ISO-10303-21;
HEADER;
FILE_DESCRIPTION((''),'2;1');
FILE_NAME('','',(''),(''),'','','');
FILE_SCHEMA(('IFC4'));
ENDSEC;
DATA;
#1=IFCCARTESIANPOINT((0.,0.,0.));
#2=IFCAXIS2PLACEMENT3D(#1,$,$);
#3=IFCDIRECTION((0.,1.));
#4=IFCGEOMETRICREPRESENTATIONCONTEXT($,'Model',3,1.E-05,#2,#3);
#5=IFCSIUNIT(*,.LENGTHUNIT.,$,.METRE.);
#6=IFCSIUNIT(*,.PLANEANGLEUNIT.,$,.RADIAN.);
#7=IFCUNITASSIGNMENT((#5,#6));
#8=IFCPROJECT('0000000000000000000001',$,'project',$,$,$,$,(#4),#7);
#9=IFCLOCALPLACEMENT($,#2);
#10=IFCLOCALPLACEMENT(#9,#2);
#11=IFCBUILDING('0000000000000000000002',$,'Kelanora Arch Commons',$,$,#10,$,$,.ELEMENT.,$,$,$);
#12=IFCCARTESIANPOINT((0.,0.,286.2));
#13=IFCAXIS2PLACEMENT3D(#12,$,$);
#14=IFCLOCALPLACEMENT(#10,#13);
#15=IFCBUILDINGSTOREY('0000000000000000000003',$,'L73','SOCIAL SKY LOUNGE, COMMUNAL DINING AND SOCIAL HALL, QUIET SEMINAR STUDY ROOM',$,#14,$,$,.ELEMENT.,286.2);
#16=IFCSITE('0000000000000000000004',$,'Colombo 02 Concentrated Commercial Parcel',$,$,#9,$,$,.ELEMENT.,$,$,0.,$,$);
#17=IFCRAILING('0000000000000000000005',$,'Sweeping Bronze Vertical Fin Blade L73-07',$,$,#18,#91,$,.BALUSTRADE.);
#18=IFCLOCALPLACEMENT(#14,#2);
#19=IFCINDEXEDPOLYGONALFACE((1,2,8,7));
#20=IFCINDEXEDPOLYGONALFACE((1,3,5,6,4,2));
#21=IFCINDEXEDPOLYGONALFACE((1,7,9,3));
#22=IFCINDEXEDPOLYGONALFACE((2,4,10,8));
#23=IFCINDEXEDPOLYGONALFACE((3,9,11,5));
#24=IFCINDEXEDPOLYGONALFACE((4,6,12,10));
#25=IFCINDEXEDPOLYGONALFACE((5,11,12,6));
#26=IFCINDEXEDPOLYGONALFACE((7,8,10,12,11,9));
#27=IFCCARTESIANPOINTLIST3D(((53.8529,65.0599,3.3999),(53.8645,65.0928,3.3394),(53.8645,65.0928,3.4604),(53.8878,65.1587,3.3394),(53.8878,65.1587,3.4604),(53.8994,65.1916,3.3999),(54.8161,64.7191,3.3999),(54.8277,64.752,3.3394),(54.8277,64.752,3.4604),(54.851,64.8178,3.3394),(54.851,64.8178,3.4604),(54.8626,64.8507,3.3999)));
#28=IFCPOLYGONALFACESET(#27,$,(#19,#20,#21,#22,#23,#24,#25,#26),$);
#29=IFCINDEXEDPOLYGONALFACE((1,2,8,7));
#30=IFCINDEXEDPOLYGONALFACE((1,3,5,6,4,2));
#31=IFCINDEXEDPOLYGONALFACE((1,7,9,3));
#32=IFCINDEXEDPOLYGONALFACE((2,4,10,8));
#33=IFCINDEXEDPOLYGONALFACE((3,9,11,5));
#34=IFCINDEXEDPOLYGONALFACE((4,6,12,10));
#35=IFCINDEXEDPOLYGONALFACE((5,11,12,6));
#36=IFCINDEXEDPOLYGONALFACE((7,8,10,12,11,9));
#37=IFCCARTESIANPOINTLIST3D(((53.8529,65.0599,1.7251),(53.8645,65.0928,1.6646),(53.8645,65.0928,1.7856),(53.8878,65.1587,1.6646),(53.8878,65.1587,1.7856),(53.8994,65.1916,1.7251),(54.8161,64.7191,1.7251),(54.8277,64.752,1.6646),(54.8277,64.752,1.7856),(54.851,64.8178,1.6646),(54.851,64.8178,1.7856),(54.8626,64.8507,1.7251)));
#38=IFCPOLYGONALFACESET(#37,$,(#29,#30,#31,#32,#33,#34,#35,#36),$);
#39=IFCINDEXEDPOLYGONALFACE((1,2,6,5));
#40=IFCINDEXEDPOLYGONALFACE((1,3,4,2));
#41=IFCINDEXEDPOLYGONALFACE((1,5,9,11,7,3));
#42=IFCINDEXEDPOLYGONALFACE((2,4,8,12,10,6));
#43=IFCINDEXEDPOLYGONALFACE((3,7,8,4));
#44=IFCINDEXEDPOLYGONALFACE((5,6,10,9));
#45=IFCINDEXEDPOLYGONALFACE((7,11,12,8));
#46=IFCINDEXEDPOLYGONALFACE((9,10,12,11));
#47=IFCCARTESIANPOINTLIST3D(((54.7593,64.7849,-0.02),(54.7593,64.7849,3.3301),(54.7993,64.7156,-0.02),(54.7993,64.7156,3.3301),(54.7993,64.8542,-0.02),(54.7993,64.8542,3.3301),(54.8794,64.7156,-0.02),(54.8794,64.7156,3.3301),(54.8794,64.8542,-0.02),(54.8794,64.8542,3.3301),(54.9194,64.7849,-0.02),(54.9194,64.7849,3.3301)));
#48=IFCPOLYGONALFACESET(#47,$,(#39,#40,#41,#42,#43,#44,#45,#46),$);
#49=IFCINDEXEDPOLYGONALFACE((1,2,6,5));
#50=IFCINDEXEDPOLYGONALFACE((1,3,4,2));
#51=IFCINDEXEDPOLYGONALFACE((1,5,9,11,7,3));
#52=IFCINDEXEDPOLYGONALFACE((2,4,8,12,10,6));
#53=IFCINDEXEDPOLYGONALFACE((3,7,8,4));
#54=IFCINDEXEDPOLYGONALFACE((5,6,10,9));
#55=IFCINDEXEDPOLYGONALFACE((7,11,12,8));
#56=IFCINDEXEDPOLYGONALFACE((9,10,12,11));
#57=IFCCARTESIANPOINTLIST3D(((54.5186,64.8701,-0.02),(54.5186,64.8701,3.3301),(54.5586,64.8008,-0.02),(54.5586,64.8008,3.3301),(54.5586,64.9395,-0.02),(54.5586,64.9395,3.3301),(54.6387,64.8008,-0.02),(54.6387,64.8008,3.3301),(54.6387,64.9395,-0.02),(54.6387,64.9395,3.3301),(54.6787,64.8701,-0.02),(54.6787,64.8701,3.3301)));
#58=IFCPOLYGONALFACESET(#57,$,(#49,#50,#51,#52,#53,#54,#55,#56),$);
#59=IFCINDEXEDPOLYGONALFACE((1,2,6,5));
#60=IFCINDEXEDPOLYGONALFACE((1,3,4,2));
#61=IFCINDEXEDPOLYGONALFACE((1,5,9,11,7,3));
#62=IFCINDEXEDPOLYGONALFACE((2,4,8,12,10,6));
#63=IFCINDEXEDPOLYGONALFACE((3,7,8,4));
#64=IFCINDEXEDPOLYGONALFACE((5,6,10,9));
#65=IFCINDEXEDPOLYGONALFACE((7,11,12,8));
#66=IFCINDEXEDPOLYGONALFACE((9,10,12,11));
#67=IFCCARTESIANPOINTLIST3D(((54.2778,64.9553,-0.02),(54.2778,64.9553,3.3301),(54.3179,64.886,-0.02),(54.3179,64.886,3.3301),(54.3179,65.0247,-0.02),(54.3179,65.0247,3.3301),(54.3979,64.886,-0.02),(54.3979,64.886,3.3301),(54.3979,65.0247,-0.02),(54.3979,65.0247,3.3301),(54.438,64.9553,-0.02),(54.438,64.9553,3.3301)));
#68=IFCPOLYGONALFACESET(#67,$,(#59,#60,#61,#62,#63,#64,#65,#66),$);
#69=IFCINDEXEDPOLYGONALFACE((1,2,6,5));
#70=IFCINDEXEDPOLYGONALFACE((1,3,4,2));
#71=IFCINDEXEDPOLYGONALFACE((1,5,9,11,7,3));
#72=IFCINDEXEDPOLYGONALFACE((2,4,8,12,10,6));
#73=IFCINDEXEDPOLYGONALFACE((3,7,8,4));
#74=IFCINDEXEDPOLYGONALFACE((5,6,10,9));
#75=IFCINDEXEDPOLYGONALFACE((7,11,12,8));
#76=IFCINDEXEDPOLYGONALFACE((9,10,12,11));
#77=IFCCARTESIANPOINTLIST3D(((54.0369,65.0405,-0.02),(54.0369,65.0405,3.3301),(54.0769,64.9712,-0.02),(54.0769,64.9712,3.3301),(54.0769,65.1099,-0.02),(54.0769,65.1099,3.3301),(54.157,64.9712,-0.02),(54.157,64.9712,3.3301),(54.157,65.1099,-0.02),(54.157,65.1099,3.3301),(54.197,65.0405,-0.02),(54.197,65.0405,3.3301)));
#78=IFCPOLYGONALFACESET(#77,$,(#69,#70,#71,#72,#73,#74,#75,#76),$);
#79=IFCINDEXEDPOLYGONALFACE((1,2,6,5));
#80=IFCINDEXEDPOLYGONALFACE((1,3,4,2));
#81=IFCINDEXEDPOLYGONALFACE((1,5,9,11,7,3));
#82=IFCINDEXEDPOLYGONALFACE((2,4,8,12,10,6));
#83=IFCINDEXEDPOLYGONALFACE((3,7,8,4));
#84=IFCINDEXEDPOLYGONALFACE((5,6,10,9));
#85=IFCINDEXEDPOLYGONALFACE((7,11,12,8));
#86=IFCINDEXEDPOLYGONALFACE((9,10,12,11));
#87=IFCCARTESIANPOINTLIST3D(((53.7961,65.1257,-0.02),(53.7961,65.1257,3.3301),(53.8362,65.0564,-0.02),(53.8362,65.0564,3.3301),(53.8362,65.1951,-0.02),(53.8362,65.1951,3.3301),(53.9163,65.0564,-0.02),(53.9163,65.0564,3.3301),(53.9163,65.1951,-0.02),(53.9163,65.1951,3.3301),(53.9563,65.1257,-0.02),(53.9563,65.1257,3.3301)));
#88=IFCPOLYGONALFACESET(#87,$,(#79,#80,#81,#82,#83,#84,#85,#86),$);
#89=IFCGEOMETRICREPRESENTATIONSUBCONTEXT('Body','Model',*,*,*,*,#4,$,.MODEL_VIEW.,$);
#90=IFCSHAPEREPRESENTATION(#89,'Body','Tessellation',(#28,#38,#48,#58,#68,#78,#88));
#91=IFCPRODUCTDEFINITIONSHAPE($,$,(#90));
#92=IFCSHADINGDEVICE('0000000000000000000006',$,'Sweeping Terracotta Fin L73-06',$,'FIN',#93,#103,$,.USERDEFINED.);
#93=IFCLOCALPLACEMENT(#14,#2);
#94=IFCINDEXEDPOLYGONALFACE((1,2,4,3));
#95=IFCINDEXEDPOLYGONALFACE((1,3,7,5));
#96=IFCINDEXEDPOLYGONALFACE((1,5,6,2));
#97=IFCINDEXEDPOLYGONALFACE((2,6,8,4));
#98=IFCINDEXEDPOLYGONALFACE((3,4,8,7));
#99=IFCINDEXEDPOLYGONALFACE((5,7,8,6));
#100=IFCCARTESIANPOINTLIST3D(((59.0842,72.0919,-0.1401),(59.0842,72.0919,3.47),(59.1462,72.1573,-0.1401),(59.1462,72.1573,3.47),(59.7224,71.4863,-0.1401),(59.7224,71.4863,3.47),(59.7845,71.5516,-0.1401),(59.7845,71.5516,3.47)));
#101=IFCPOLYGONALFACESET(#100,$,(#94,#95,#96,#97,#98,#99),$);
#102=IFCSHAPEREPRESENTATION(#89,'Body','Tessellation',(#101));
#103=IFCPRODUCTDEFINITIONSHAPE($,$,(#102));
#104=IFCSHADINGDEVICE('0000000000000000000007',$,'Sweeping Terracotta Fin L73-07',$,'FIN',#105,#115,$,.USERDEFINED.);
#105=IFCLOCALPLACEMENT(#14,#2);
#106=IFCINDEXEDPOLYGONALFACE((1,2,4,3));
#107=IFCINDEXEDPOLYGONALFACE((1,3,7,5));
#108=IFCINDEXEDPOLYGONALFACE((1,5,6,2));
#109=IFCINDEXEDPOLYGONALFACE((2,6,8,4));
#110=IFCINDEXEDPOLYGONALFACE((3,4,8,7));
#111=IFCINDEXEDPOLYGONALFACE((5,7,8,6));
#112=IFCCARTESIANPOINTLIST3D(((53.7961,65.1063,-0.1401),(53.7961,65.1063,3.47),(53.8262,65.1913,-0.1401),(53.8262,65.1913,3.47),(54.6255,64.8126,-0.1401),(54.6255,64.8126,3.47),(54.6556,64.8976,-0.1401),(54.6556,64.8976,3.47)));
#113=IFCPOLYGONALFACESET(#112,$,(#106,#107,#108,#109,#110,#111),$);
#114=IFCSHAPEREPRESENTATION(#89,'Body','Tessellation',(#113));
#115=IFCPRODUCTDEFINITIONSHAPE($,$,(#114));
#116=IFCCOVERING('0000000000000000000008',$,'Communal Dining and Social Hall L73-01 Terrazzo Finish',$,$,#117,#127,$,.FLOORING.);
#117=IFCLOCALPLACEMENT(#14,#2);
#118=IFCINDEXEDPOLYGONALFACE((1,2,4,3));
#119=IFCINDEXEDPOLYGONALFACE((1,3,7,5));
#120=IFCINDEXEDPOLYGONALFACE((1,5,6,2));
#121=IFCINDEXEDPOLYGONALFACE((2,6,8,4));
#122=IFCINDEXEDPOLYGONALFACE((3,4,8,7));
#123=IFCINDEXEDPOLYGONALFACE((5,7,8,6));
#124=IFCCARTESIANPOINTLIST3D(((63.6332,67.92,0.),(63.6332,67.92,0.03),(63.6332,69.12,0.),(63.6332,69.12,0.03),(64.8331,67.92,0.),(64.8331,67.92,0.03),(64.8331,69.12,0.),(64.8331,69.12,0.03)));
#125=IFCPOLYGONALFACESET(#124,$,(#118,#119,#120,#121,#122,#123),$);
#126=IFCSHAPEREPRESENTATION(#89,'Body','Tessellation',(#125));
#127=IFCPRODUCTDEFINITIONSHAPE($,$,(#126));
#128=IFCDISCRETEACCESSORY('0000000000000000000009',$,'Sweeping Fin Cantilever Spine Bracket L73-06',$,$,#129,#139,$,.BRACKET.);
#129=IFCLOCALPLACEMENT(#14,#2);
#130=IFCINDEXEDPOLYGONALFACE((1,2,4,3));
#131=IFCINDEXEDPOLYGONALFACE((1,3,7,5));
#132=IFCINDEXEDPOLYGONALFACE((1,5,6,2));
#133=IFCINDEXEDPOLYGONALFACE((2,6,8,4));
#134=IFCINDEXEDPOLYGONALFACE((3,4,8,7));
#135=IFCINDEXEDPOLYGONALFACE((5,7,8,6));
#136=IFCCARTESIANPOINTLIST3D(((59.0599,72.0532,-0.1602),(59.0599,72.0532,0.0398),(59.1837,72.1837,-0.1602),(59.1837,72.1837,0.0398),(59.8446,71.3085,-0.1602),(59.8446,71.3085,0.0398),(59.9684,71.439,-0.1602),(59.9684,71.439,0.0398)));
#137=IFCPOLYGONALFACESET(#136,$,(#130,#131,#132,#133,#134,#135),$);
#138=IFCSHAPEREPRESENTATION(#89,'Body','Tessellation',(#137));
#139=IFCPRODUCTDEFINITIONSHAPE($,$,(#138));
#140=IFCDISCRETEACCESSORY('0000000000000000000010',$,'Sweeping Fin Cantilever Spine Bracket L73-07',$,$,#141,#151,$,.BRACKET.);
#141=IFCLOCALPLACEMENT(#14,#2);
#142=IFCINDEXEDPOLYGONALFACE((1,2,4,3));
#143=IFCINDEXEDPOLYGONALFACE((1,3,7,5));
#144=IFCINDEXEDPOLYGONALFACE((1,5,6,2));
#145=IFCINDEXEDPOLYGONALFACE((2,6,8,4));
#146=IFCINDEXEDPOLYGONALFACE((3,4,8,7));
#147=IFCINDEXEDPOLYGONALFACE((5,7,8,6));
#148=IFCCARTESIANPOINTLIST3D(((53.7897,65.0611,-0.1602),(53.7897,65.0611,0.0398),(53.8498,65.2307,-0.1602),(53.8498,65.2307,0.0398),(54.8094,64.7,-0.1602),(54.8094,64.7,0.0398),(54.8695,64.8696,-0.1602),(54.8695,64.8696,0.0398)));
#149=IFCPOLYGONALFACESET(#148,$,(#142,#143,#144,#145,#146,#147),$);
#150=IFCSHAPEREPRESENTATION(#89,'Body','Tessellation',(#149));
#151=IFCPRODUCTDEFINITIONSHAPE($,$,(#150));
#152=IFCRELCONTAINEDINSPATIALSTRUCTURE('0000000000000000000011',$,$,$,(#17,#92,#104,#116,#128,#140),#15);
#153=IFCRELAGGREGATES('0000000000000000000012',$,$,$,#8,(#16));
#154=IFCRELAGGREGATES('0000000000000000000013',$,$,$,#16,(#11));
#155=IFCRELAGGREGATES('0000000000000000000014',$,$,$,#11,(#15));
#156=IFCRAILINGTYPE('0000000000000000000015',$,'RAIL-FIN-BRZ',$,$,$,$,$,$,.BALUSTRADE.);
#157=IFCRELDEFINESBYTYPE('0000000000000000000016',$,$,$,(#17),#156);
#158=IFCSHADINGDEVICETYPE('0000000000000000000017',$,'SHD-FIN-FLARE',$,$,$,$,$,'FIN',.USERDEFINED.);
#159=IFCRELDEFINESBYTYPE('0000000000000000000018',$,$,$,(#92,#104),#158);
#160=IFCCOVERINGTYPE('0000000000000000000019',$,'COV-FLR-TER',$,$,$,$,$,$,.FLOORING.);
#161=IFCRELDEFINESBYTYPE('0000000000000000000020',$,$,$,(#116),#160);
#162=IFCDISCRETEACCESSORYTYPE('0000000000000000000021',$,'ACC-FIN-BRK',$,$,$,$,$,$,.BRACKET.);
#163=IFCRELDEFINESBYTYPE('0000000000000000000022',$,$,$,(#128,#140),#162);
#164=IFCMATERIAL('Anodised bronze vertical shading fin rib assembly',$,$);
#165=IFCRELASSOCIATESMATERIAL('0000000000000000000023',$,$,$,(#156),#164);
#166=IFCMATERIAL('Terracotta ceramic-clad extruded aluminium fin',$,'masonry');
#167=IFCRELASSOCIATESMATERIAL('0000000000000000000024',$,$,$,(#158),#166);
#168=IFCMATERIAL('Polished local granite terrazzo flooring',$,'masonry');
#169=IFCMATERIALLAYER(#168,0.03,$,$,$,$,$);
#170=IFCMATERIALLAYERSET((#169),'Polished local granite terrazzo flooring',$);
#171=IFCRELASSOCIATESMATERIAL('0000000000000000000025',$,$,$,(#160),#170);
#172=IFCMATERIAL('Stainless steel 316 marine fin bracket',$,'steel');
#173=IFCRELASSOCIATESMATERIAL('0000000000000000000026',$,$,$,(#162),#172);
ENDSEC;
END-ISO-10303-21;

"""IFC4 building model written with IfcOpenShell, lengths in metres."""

from ifc_helpers import new_model, si_unit, direction, frame, origin, origin_2d, place, context, subcontext, project, spatial, polyline, rectangle, outline, extrude, source, transform, mapped, material, layer, layer_set, type_object, element, save


model = new_model("IFC4")

# Units and contexts
model_context = context("Model", 3, precision=1e-05, world=origin(), true_north=direction((0.0, 1.0)))
body_context = subcontext(model_context, "Body", "Model", "MODEL_VIEW")
ifc_project = project(units=[si_unit("LENGTHUNIT", "METRE"), si_unit("PLANEANGLEUNIT", "RADIAN")], contexts=[model_context])

# Site, building, storey
site_placement = place(None, origin())
site = spatial("IfcSite", under=ifc_project, at=site_placement, Name="Colombo 02 Concentrated Commercial Parcel", CompositionType="ELEMENT", RefElevation=0.0)
building_placement = place(site_placement, origin())
building = spatial("IfcBuilding", under=site, at=building_placement, Name="Kelanora Arch Commons", CompositionType="ELEMENT")
storey_placement = place(building_placement, frame((0.0, 0.0, 286.2)))
storey = spatial("IfcBuildingStorey", under=building, at=storey_placement, Name="L73", Description="SOCIAL SKY LOUNGE, COMMUNAL DINING AND SOCIAL HALL, QUIET SEMINAR STUDY ROOM", CompositionType="ELEMENT", Elevation=286.2)

# Railing
ifc_material_1 = material(Name="Anodised bronze vertical shading fin rib assembly")
railing_type = type_object("IfcRailingType", Name="RAIL-FIN-BRZ", PredefinedType="BALUSTRADE", material=ifc_material_1)
railing_1_placement = place(storey_placement, frame((54.8394, 64.7849, -0.02)))
element("IfcRailing", 1, at=railing_1_placement, inside=storey, type_object=railing_type, Name="Sweeping Bronze Vertical Fin Blade L73-07", PredefinedType="BALUSTRADE", context=body_context, shape_type="SweptSolid", body=[
    extrude(outline(polyline([(0.0698, 0.0), (0.0349, 0.0605), (-0.0349, 0.0605), (-0.0698, 0.0), (-0.0349, -0.0605), (0.0349, -0.0605), (0.0698, 0.0)])), frame((0.0, 0.0, 3.4199), z_axis=(-0.942716, 0.333595, 0.0), x_axis=(-0.333595, -0.942716, 0.0)), (0.0, 0.0, 1.0), 1.0217),
    extrude(outline(polyline([(0.0698, 0.0), (0.0349, 0.0605), (-0.0349, 0.0605), (-0.0698, 0.0), (-0.0349, -0.0605), (0.0349, -0.0605), (0.0698, 0.0)])), frame((0.0, 0.0, 1.7451), z_axis=(-0.942716, 0.333595, 0.0), x_axis=(-0.333595, -0.942716, 0.0)), (0.0, 0.0, 1.0), 1.0217),
    extrude(outline(polyline([(0.0801, 0.0), (0.04, 0.0693), (-0.04, 0.0693), (-0.0801, 0.0), (-0.04, -0.0693), (0.04, -0.0693), (0.0801, 0.0)])), origin(), (0.0, 0.0, 1.0), 3.3501),
    extrude(outline(polyline([(0.0801, 0.0), (0.04, 0.0693), (-0.04, 0.0693), (-0.0801, 0.0), (-0.04, -0.0693), (0.04, -0.0693), (0.0801, 0.0)])), frame((-0.2407, 0.0852, 0.0)), (0.0, 0.0, 1.0), 3.3501),
    extrude(outline(polyline([(0.0801, 0.0), (0.04, 0.0693), (-0.04, 0.0693), (-0.0801, 0.0), (-0.04, -0.0693), (0.04, -0.0693), (0.0801, 0.0)])), frame((-0.4814, 0.1704, 0.0)), (0.0, 0.0, 1.0), 3.3501),
    extrude(outline(polyline([(0.0801, 0.0), (0.04, 0.0693), (-0.04, 0.0693), (-0.0801, 0.0), (-0.04, -0.0693), (0.04, -0.0693), (0.0801, 0.0)])), frame((-0.7224, 0.2556, 0.0)), (0.0, 0.0, 1.0), 3.3501),
    extrude(outline(polyline([(0.0801, 0.0), (0.04, 0.0693), (-0.04, 0.0693), (-0.0801, 0.0), (-0.04, -0.0693), (0.04, -0.0693), (0.0801, 0.0)])), frame((-0.9631, 0.3408, 0.0)), (0.0, 0.0, 1.0), 3.3501),
])

# Shading devices
ifc_material_2 = material(Name="Terracotta ceramic-clad extruded aluminium fin", Category="masonry")
shading_device_type = type_object("IfcShadingDeviceType", Name="SHD-FIN-FLARE", ElementType="FIN", PredefinedType="USERDEFINED", material=ifc_material_2)
shared_shape_1 = source(origin(), body_context, "Body", "SweptSolid", [
    extrude(rectangle(XDim=0.8799, YDim=0.0901, at=origin_2d()), origin(), (0.0, 0.0, 1.0), 3.6101),
])
for number, where, z_axis, x_axis, name in (
    (2, (59.4343, 71.8218, -0.1401), (0.0, 0.0, 1.0), (-0.725374, 0.688355, 0.0), "Sweeping Terracotta Fin L73-06"),
    (3, (54.2258, 65.002, -0.1401), (0.0, 0.0, 1.0), (-0.942641, 0.333807, 0.0), "Sweeping Terracotta Fin L73-07"),
):
    element("IfcShadingDevice", number, at=place(storey_placement, frame(where, z_axis=z_axis, x_axis=x_axis)), inside=storey, type_object=shading_device_type, Name=name, ObjectType="FIN", PredefinedType="USERDEFINED", context=body_context, shape_type="MappedRepresentation", body=[
        mapped(shared_shape_1, transform((0.0, 0.0, 0.0), scale=1.0)),
    ])

# Covering
ifc_material_3 = material(Name="Polished local granite terrazzo flooring", Category="masonry")
ifc_layer_1 = layer(ifc_material_3, 0.03)
ifc_layer_set_1 = layer_set([ifc_layer_1], Name="Polished local granite terrazzo flooring")
covering_type = type_object("IfcCoveringType", Name="COV-FLR-TER", PredefinedType="FLOORING", material=ifc_layer_set_1)
shared_shape_2 = source(origin(), body_context, "Body", "SweptSolid", [
    extrude(rectangle(XDim=1.2, YDim=1.2, at=origin_2d()), origin(), (0.0, 0.0, 1.0), 0.03),
])
covering_placement = place(storey_placement, frame((64.2332, 68.52, 0.0), z_axis=(0.0, 0.0, 1.0), x_axis=(1.0, 0.0, 0.0)))
element("IfcCovering", 4, at=covering_placement, inside=storey, type_object=covering_type, Name="Communal Dining and Social Hall L73-01 Terrazzo Finish", PredefinedType="FLOORING", context=body_context, shape_type="MappedRepresentation", body=[
    mapped(shared_shape_2, transform((0.0, 0.0, 0.0), scale=1.0)),
])

# Discrete accessories
ifc_material_4 = material(Name="Stainless steel 316 marine fin bracket", Category="steel")
discrete_accessory_type = type_object("IfcDiscreteAccessoryType", Name="ACC-FIN-BRK", PredefinedType="BRACKET", material=ifc_material_4)
shared_shape_3 = source(origin(), body_context, "Body", "SweptSolid", [
    extrude(rectangle(XDim=1.0818, YDim=0.1799, at=origin_2d()), origin(), (0.0, 0.0, 1.0), 0.2),
])
for number, where, z_axis, x_axis, name in (
    (5, (59.5142, 71.7461, -0.1602), (0.0, 0.0, 1.0), (-0.725374, 0.688355, 0.0), "Sweeping Fin Cantilever Spine Bracket L73-06"),
    (6, (54.3296, 64.9653, -0.1602), (0.0, 0.0, 1.0), (-0.942641, 0.333807, 0.0), "Sweeping Fin Cantilever Spine Bracket L73-07"),
):
    element("IfcDiscreteAccessory", number, at=place(storey_placement, frame(where, z_axis=z_axis, x_axis=x_axis)), inside=storey, type_object=discrete_accessory_type, Name=name, PredefinedType="BRACKET", context=body_context, shape_type="MappedRepresentation", body=[
        mapped(shared_shape_3, transform((0.0, 0.0, 0.0), scale=1.0)),
    ])

save(model, "model.ifc")
